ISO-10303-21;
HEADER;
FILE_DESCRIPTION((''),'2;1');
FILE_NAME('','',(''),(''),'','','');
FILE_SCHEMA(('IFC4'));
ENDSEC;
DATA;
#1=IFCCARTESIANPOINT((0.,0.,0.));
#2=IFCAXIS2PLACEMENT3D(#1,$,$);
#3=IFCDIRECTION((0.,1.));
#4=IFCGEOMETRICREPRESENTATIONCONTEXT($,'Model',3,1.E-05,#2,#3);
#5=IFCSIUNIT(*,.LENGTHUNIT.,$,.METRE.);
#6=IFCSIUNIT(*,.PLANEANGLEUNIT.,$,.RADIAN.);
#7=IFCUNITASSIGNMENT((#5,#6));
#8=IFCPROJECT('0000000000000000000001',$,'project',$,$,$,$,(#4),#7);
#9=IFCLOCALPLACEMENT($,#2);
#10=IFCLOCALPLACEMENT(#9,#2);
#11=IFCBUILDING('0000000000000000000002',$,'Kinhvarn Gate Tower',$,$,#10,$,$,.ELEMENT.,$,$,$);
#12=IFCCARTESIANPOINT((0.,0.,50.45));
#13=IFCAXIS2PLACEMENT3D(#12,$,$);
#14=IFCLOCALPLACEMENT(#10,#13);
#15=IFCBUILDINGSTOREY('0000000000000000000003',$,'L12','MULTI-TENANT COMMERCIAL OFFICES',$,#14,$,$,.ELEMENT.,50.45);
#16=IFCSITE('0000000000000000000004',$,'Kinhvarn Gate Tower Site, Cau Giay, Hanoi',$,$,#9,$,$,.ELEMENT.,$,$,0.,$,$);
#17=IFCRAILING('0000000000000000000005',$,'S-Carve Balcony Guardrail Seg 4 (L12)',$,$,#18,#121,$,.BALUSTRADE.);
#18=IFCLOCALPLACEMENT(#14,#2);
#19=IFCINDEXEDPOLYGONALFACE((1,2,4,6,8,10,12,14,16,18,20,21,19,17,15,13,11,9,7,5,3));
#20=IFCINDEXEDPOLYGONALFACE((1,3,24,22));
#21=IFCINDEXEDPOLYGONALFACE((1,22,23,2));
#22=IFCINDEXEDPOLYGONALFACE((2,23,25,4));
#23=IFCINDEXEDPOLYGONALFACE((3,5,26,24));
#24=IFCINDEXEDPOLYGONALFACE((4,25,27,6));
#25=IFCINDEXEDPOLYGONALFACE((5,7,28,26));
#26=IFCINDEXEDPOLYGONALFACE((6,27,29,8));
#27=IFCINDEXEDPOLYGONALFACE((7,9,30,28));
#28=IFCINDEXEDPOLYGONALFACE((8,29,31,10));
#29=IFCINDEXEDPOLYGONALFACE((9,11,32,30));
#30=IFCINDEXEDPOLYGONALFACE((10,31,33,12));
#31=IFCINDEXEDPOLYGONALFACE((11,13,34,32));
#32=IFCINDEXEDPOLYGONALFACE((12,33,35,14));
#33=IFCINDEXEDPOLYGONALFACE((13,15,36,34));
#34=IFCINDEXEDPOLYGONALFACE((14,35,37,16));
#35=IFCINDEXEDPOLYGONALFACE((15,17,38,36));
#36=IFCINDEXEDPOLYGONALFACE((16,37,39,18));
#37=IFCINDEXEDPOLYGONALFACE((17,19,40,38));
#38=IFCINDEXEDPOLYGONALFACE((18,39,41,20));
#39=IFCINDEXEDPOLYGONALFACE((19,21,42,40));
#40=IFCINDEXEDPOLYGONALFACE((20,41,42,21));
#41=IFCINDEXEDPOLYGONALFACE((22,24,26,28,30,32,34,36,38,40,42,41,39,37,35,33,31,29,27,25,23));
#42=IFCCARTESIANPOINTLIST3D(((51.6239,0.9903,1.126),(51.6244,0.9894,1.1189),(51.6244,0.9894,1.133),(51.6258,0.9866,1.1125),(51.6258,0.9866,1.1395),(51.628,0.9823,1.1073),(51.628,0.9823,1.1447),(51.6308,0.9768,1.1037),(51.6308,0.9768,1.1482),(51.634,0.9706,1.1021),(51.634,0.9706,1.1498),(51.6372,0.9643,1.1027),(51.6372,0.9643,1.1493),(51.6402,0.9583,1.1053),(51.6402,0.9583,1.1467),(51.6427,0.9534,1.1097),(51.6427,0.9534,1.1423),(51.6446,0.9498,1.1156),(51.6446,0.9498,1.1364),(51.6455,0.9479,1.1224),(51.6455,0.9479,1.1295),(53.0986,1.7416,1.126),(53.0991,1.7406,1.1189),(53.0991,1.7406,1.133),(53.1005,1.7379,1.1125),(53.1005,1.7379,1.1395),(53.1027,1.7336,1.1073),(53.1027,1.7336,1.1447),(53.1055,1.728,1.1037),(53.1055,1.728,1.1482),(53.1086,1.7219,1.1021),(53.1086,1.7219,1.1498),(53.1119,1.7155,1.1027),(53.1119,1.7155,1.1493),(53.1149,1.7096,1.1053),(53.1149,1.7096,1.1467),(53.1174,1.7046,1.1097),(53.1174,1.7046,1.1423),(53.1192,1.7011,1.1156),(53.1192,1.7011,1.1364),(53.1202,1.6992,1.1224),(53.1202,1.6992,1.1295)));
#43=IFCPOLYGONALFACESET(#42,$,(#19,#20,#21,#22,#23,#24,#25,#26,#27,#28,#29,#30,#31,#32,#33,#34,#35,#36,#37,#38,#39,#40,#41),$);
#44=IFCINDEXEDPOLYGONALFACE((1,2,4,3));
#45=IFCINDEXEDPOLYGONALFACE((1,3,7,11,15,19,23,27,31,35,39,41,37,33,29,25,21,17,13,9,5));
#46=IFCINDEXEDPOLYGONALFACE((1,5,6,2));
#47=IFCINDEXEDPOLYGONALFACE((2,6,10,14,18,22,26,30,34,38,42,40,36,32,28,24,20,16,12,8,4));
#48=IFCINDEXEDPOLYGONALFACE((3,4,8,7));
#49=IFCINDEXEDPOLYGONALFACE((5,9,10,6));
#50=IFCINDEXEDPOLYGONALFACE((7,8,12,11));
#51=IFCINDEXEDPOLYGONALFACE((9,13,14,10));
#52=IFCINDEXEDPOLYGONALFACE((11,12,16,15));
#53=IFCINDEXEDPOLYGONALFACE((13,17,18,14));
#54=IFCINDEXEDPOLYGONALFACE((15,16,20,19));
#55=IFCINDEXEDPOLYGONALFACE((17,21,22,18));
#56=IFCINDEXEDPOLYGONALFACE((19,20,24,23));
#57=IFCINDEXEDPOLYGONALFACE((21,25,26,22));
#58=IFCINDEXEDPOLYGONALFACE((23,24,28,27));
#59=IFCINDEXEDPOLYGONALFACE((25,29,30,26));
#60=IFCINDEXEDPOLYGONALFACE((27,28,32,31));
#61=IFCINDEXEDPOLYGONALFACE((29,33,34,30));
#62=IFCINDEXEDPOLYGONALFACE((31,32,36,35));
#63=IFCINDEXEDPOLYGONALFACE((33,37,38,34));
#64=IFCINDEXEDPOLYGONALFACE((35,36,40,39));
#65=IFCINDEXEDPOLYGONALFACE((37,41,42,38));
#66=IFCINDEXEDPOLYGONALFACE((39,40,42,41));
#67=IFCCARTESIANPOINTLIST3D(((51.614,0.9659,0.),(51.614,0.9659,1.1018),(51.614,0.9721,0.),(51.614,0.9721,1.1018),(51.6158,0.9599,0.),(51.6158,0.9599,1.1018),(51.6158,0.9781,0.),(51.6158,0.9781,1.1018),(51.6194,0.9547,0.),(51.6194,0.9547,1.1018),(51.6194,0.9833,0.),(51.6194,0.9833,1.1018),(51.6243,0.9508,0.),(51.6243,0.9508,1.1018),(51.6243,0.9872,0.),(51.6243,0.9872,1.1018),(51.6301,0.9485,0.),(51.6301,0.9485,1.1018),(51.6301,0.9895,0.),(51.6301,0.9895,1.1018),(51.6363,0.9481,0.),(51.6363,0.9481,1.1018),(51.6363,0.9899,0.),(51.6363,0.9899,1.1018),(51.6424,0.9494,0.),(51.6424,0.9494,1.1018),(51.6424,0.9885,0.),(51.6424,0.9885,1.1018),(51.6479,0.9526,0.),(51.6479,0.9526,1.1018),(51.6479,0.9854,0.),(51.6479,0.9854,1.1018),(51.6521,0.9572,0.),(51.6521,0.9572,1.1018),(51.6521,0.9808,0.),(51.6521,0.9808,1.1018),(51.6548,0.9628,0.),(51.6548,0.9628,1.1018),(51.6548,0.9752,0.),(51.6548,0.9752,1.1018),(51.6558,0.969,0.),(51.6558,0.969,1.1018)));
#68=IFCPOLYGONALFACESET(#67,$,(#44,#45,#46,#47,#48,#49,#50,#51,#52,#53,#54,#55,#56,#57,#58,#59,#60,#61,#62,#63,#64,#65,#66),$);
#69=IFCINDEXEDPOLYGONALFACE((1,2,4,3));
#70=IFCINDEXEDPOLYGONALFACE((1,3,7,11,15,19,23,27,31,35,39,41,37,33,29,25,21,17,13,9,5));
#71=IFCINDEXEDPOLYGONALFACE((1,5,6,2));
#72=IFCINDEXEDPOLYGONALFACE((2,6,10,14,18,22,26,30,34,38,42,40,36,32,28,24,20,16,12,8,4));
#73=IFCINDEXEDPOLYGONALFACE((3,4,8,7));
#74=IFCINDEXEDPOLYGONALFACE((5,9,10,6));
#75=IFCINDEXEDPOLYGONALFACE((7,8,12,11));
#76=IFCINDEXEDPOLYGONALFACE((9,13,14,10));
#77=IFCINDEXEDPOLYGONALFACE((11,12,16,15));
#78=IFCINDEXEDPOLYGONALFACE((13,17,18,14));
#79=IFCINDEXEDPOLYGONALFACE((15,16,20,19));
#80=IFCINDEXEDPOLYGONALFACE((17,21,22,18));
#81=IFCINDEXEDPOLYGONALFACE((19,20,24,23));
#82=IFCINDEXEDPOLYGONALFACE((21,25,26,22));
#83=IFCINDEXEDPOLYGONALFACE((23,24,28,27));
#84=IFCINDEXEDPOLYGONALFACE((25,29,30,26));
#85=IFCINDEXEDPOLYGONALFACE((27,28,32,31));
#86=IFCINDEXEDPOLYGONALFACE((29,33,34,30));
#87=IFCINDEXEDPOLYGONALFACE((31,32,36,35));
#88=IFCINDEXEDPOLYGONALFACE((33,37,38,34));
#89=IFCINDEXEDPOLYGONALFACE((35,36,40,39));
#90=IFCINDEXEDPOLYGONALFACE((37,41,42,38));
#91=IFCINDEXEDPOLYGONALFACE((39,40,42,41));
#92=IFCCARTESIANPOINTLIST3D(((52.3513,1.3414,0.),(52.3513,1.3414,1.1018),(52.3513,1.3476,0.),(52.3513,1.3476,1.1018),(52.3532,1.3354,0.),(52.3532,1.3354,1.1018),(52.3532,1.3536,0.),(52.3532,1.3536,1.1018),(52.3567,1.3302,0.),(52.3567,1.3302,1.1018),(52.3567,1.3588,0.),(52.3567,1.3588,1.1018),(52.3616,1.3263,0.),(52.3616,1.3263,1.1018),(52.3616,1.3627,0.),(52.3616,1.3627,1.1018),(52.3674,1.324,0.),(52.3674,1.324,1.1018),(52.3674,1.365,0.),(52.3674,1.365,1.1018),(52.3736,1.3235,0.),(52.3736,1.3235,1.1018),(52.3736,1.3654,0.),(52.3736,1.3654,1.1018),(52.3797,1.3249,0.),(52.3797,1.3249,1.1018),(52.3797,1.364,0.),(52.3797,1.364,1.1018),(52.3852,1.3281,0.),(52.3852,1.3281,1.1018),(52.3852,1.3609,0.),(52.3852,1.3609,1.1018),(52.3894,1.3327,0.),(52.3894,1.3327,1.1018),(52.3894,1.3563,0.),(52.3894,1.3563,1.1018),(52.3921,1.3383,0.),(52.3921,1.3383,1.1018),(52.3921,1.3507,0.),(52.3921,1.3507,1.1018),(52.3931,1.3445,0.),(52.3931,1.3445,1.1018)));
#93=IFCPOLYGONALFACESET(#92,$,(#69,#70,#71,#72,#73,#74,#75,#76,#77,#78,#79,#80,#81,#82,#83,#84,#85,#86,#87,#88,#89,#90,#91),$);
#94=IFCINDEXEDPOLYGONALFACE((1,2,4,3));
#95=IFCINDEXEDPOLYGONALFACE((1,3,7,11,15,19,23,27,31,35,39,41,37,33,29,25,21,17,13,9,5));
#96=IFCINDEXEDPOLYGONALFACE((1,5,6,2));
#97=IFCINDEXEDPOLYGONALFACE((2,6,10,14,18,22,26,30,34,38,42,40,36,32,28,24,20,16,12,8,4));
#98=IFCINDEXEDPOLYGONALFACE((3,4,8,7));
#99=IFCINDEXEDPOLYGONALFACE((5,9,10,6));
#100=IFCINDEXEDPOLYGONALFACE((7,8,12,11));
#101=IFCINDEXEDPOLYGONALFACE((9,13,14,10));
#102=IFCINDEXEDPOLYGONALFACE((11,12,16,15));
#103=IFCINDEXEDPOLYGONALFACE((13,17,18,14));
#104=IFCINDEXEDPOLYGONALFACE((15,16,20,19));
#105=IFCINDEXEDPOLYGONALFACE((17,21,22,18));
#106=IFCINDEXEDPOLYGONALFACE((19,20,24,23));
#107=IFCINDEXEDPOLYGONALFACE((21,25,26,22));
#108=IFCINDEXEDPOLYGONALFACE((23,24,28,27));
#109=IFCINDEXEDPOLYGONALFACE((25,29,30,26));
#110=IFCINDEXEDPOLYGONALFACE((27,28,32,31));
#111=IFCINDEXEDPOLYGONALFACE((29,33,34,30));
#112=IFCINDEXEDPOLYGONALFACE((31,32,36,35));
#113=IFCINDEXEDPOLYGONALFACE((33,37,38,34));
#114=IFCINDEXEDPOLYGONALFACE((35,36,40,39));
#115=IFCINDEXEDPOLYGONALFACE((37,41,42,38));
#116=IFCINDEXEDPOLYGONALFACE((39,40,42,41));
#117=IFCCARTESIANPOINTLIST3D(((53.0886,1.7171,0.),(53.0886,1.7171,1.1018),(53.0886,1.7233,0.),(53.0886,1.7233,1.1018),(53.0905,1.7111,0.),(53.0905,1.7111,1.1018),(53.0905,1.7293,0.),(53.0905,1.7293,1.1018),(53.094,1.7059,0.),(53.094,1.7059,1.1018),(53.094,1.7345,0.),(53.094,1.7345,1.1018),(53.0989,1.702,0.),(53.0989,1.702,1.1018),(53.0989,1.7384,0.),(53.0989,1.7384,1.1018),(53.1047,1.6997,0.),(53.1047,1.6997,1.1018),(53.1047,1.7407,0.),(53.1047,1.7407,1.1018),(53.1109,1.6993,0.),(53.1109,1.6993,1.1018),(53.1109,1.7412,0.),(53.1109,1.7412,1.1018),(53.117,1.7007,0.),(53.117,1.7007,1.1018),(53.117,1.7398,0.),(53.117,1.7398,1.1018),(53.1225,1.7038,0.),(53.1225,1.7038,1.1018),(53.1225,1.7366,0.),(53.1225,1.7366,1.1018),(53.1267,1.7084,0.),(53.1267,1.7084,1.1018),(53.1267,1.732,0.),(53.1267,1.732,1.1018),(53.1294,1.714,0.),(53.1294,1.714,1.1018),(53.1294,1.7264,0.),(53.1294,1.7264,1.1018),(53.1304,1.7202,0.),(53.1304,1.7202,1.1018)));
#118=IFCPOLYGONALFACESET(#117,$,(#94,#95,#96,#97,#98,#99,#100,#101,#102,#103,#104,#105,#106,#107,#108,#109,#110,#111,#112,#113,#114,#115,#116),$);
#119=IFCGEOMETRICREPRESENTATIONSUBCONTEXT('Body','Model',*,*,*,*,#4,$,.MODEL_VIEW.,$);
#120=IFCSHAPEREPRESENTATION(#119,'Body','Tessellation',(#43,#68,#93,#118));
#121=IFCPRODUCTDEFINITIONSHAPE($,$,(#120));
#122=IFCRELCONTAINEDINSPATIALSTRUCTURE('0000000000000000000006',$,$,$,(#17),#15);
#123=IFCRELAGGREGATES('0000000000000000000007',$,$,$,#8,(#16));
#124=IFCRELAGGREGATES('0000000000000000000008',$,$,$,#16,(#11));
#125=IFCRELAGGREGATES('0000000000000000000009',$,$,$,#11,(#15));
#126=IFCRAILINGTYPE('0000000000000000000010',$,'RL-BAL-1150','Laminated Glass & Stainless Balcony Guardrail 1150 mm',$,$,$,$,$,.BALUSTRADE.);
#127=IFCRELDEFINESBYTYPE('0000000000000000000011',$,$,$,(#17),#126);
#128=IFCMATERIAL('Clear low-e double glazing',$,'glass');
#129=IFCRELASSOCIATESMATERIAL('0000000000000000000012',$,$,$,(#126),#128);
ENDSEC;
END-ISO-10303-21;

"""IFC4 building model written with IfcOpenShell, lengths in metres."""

from ifc_helpers import new_model, si_unit, direction, frame, origin, origin_2d, place, context, subcontext, project, spatial, circle, extrude, material, type_object, element, save


model = new_model("IFC4")

# Units and contexts
model_context = context("Model", 3, precision=1e-05, world=origin(), true_north=direction((0.0, 1.0)))
body_context = subcontext(model_context, "Body", "Model", "MODEL_VIEW")
ifc_project = project(units=[si_unit("LENGTHUNIT", "METRE"), si_unit("PLANEANGLEUNIT", "RADIAN")], contexts=[model_context])

# Site, building, storey
site_placement = place(None, origin())
site = spatial("IfcSite", under=ifc_project, at=site_placement, Name="Kinhvarn Gate Tower Site, Cau Giay, Hanoi", CompositionType="ELEMENT", RefElevation=0.0)
building_placement = place(site_placement, origin())
building = spatial("IfcBuilding", under=site, at=building_placement, Name="Kinhvarn Gate Tower", CompositionType="ELEMENT")
storey_placement = place(building_placement, frame((0.0, 0.0, 50.45)))
storey = spatial("IfcBuildingStorey", under=building, at=storey_placement, Name="L12", Description="MULTI-TENANT COMMERCIAL OFFICES", CompositionType="ELEMENT", Elevation=50.45)

# Shared definitions
ifc_material_1 = material(Name="Clear low-e double glazing", Category="glass")

# Railing
railing_type = type_object("IfcRailingType", Name="RL-BAL-1150", Description="Laminated Glass & Stainless Balcony Guardrail 1150 mm", PredefinedType="BALUSTRADE", material=ifc_material_1)
railing_1_placement = place(storey_placement, frame((51.6348, 0.969, 0.0)))
element("IfcRailing", 1, at=railing_1_placement, inside=storey, type_object=railing_type, Name="S-Carve Balcony Guardrail Seg 4 (L12)", PredefinedType="BALUSTRADE", context=body_context, shape_type="SweptSolid", body=[
    extrude(circle(Radius=0.0239, at=origin_2d()), frame((0.0, 0.0, 1.126), z_axis=(0.891038, 0.453928, 0.0), x_axis=(-0.453928, 0.891038, 0.0)), (0.0, 0.0, 1.0), 1.655),
    extrude(circle(Radius=0.021, at=origin_2d()), origin(), (0.0, 0.0, 1.0), 1.1018),
    extrude(circle(Radius=0.021, at=origin_2d()), frame((0.7373, 0.3755, 0.0)), (0.0, 0.0, 1.0), 1.1018),
    extrude(circle(Radius=0.021, at=origin_2d()), frame((1.4746, 0.7512, 0.0)), (0.0, 0.0, 1.0), 1.1018),
])

save(model, "model.ifc")
